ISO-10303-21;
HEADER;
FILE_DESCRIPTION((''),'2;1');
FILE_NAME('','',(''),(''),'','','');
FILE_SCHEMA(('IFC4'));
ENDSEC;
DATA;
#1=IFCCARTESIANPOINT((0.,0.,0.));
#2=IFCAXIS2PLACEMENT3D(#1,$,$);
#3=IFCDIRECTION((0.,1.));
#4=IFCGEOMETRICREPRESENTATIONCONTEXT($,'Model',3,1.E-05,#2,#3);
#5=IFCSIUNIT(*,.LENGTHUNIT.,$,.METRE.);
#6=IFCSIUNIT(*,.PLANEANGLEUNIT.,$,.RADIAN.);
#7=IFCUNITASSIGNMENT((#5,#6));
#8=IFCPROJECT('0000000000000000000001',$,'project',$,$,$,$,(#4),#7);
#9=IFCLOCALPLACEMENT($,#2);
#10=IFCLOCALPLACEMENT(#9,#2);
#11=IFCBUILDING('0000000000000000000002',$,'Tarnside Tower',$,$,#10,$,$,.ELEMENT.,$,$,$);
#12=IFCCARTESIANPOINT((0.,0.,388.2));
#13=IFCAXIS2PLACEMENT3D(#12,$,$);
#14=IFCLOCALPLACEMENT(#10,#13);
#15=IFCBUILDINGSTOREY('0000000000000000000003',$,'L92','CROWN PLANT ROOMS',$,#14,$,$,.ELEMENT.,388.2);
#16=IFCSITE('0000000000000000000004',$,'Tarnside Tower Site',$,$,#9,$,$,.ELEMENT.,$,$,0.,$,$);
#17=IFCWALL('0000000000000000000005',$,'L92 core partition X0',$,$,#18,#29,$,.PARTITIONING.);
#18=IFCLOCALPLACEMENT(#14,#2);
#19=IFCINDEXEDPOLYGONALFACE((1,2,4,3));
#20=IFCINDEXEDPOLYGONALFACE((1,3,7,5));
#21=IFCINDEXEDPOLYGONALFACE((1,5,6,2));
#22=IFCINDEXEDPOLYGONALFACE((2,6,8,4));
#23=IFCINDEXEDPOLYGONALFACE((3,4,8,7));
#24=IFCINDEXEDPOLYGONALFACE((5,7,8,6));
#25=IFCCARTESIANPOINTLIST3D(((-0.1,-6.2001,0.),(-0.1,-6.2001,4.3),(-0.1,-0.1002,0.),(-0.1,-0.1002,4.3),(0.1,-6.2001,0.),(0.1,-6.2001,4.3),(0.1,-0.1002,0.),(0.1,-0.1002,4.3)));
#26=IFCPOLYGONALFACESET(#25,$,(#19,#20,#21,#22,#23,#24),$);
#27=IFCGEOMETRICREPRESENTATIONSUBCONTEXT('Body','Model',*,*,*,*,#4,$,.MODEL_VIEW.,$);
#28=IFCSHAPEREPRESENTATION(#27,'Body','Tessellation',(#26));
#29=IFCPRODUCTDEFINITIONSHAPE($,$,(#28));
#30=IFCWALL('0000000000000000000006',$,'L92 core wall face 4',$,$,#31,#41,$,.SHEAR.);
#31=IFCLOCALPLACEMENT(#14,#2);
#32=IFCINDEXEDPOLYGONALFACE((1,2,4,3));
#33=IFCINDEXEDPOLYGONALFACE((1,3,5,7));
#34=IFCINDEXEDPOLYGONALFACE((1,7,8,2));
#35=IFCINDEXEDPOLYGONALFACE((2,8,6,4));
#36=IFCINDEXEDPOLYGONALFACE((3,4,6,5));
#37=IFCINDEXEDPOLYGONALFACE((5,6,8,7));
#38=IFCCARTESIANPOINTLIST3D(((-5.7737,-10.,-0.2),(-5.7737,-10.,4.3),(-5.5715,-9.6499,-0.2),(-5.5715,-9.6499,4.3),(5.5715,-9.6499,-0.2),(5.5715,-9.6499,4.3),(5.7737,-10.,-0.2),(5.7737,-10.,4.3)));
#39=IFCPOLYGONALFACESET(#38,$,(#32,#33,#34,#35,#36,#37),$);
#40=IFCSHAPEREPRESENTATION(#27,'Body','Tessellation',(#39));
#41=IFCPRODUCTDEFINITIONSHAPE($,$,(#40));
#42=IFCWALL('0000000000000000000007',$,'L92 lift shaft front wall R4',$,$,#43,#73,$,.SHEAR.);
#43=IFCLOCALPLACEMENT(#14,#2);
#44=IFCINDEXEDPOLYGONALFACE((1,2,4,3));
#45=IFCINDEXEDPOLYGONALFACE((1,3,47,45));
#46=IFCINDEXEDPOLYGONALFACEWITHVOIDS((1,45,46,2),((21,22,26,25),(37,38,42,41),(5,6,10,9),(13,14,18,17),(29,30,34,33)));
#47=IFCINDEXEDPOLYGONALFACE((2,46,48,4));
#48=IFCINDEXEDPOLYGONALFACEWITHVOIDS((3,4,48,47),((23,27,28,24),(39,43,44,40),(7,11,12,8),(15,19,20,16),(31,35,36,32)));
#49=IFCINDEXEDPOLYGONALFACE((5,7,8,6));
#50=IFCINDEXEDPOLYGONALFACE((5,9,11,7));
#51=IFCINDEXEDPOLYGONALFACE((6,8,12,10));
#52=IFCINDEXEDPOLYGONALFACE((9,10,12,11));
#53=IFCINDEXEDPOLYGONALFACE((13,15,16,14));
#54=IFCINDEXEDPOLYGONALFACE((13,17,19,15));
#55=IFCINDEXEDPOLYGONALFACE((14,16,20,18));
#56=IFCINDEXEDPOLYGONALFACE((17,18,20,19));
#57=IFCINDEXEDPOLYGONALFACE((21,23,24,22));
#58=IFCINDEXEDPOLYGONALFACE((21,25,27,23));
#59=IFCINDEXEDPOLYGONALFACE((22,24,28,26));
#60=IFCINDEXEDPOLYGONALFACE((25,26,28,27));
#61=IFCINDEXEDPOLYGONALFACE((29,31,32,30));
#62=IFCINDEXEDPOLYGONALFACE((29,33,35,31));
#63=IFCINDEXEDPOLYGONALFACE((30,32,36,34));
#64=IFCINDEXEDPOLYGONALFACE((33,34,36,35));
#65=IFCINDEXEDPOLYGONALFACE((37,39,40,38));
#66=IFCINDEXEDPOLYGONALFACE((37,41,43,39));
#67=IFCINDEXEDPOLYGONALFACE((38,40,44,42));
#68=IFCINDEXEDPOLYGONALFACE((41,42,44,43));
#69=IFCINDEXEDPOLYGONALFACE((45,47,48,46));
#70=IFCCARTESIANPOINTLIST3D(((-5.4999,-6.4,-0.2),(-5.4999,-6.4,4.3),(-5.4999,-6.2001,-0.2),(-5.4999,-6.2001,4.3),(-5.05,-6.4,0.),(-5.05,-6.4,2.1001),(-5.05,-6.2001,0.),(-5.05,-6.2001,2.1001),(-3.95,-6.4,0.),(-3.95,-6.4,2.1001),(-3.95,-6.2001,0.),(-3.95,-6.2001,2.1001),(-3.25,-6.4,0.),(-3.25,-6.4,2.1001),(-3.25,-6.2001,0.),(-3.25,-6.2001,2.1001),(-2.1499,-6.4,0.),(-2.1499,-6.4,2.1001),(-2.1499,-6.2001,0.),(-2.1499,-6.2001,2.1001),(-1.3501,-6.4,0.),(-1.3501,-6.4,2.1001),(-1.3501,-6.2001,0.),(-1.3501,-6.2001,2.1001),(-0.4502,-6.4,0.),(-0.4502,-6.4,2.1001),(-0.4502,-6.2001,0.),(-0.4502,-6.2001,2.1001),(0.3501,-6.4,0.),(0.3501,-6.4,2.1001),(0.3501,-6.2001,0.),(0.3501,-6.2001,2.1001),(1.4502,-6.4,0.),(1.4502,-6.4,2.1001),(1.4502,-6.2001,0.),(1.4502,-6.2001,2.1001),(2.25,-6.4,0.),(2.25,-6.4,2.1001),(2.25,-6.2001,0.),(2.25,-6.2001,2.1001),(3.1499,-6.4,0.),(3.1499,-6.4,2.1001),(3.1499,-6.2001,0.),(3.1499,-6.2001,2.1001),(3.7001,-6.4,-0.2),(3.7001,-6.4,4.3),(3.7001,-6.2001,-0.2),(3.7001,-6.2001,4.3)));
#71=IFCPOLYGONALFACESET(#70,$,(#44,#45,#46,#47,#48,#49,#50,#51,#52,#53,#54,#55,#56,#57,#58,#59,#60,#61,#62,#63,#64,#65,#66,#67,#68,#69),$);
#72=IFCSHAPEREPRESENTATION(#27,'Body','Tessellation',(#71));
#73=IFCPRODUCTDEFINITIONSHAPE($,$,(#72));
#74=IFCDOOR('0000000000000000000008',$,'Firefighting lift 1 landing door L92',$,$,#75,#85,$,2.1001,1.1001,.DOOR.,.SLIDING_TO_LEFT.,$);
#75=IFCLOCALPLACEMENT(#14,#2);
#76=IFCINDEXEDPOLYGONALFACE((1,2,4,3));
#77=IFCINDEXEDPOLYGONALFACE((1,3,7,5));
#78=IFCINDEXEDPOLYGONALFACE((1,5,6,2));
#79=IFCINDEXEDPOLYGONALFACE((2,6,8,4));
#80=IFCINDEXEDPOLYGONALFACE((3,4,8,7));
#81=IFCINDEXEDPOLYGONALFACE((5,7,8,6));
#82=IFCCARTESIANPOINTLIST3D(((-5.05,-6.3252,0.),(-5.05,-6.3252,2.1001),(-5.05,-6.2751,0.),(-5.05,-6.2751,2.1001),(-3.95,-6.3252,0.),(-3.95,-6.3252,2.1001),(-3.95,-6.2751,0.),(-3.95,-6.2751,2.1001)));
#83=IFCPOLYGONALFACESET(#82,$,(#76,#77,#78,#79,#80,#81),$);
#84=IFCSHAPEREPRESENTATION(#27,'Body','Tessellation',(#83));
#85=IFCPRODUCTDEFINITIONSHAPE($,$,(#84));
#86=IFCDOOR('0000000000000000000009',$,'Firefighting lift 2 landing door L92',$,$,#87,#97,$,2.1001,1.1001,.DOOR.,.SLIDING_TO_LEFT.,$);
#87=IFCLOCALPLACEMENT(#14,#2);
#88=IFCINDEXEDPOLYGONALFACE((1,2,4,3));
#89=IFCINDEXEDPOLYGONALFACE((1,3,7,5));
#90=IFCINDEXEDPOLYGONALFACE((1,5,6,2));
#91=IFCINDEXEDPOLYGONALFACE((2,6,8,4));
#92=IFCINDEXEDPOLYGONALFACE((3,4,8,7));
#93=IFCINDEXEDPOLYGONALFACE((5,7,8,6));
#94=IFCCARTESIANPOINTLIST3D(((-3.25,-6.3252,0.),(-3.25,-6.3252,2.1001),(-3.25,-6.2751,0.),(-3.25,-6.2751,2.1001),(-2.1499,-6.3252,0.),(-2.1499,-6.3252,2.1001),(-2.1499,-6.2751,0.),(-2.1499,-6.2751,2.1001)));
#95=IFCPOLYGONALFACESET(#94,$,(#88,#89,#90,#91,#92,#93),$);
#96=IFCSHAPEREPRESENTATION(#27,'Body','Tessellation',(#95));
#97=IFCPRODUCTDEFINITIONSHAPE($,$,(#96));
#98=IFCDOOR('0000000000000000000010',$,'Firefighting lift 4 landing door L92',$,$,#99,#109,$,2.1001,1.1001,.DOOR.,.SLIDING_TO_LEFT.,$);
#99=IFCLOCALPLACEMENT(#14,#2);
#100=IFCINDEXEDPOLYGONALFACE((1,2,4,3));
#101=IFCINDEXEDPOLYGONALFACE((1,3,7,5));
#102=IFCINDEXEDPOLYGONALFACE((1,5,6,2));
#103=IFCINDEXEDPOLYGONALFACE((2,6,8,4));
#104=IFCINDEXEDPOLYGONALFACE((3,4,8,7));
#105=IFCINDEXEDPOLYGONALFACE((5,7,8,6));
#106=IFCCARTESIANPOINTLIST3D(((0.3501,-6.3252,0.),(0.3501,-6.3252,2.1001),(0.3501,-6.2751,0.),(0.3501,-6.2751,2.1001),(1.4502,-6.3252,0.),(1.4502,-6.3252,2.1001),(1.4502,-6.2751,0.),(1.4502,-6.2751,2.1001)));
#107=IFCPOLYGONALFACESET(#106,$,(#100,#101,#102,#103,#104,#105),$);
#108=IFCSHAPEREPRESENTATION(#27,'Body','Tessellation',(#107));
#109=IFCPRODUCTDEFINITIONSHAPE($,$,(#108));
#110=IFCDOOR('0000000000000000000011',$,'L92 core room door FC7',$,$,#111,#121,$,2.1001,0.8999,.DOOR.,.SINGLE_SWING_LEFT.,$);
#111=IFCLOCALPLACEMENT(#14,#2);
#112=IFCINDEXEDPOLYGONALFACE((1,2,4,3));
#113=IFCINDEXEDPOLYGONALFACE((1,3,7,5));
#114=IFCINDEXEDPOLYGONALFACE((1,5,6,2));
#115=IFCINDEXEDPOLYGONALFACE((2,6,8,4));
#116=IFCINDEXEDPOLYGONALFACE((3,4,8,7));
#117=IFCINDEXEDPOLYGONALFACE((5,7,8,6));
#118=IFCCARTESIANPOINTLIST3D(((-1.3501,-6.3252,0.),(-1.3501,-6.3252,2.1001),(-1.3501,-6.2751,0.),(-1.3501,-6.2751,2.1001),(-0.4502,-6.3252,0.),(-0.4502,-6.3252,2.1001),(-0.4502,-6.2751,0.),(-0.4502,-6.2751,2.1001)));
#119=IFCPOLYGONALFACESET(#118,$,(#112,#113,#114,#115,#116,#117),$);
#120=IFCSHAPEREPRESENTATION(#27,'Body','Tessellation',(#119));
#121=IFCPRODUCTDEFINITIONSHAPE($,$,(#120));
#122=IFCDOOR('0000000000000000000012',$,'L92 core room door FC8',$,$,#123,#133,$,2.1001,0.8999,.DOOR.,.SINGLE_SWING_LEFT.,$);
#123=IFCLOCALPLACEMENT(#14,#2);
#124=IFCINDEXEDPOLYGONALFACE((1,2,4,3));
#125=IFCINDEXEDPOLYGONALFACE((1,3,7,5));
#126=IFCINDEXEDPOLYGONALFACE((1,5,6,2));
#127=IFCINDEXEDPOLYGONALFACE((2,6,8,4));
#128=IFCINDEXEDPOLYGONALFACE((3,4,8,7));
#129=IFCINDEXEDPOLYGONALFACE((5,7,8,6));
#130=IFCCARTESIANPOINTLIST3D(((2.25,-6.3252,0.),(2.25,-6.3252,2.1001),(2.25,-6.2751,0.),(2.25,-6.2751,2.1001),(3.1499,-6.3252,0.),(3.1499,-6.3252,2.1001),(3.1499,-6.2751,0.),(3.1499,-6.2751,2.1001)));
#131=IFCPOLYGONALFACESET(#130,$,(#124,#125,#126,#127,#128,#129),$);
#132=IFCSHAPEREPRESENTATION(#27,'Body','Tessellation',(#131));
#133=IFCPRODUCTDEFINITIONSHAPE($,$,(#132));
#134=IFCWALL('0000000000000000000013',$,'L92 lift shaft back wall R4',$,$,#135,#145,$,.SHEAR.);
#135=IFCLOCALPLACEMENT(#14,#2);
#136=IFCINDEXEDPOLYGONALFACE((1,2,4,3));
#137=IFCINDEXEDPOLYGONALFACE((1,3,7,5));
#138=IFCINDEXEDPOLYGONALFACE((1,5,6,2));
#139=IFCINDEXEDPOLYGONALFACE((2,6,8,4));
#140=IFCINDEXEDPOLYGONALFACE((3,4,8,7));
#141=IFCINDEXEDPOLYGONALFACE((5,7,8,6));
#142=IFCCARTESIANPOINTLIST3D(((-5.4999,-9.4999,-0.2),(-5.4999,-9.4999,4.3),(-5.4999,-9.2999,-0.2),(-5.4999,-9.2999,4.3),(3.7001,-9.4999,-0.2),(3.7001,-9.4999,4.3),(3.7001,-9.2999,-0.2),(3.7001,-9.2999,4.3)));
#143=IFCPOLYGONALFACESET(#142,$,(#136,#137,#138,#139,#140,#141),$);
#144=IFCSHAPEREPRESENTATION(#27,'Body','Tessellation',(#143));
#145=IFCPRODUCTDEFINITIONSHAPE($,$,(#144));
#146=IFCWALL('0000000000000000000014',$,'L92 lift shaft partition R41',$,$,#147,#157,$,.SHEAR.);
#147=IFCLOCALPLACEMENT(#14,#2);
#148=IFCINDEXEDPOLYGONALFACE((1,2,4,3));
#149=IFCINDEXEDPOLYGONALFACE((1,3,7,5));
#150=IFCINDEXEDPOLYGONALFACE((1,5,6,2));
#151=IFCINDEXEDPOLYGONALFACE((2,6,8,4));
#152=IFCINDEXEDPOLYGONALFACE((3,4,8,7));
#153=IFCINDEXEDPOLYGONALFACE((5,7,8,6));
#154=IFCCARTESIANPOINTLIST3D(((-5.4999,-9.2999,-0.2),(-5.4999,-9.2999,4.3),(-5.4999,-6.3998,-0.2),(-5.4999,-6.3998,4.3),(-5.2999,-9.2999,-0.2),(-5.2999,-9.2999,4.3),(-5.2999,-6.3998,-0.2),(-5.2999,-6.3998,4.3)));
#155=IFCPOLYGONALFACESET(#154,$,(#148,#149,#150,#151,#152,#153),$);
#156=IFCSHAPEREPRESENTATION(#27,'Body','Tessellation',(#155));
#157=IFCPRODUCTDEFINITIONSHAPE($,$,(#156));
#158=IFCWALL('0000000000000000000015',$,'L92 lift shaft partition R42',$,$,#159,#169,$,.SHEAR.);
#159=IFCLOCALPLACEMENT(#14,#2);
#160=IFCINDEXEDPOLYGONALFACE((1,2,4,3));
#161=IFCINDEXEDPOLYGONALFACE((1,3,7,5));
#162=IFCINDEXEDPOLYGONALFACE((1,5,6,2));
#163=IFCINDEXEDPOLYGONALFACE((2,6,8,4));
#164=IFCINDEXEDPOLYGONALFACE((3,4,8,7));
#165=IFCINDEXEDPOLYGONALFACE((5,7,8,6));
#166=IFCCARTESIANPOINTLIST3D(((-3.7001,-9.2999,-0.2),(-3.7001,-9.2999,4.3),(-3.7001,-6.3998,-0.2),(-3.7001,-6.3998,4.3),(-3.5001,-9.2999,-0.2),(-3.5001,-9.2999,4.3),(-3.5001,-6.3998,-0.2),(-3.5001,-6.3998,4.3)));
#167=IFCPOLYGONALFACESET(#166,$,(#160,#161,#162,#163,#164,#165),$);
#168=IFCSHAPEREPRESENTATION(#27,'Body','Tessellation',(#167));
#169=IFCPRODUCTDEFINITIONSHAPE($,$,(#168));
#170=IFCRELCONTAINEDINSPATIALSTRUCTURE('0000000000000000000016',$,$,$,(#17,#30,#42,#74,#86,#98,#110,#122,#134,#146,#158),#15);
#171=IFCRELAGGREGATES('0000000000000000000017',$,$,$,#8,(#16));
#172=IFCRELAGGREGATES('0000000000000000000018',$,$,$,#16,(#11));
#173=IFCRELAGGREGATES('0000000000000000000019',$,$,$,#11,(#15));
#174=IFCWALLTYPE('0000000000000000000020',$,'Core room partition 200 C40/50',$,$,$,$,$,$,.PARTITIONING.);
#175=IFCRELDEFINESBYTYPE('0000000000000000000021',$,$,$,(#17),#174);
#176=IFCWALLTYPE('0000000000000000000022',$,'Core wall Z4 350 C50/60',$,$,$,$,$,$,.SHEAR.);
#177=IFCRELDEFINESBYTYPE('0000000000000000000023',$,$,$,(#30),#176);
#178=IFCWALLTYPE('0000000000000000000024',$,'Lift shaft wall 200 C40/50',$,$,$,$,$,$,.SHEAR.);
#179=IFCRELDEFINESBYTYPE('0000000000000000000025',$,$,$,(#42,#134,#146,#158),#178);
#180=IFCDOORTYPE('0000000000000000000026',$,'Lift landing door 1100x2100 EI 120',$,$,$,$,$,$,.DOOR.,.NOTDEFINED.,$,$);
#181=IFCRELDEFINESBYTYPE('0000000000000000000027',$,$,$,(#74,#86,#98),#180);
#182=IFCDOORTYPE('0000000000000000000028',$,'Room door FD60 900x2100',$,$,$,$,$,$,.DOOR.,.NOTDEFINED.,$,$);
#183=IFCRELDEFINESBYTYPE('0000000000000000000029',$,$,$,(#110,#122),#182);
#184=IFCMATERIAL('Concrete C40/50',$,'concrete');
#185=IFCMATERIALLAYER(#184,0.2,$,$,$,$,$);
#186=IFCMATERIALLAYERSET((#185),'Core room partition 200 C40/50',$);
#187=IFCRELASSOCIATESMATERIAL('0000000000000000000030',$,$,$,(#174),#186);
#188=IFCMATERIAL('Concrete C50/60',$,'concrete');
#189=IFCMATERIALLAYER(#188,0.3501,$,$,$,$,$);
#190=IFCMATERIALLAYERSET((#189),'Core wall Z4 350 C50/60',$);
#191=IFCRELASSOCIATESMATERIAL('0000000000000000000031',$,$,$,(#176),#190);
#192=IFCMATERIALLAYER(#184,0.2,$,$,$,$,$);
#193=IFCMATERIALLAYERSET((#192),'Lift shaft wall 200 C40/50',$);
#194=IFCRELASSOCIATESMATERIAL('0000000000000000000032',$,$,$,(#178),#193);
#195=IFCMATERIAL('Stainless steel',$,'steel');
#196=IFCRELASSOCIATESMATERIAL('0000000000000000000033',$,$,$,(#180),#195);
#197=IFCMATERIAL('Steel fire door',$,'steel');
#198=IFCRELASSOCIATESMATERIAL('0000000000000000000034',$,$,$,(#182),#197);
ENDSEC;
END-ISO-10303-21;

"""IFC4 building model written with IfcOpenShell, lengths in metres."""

from ifc_helpers import new_model, si_unit, direction, frame, frame_2d, origin, place, context, subcontext, project, spatial, polyline, rectangle, outline, extrude, material, layer, layer_set, type_object, element, fill, save


model = new_model("IFC4")

# Units and contexts
model_context = context("Model", 3, precision=1e-05, world=origin(), true_north=direction((0.0, 1.0)))
body_context = subcontext(model_context, "Body", "Model", "MODEL_VIEW")
ifc_project = project(units=[si_unit("LENGTHUNIT", "METRE"), si_unit("PLANEANGLEUNIT", "RADIAN")], contexts=[model_context])

# Site, building, storey
site_placement = place(None, origin())
site = spatial("IfcSite", under=ifc_project, at=site_placement, Name="Tarnside Tower Site", CompositionType="ELEMENT", RefElevation=0.0)
building_placement = place(site_placement, origin())
building = spatial("IfcBuilding", under=site, at=building_placement, Name="Tarnside Tower", CompositionType="ELEMENT")
storey_placement = place(building_placement, frame((0.0, 0.0, 388.2)))
storey = spatial("IfcBuildingStorey", under=building, at=storey_placement, Name="L92", Description="CROWN PLANT ROOMS", CompositionType="ELEMENT", Elevation=388.2)

# Walls
ifc_material_1 = material(Name="Concrete C40/50", Category="concrete")
ifc_layer_1 = layer(ifc_material_1, 0.2)
ifc_layer_set_1 = layer_set([ifc_layer_1], Name="Core room partition 200 C40/50")
wall_type_1 = type_object("IfcWallType", Name="Core room partition 200 C40/50", PredefinedType="PARTITIONING", material=ifc_layer_set_1)
wall_1_placement = place(storey_placement, frame((0.0, -6.2, 0.0), z_axis=(0.0, 0.0, 1.0), x_axis=(0.0, 1.0, 0.0)))
element("IfcWall", 1, at=wall_1_placement, inside=storey, type_object=wall_type_1, Name="L92 core partition X0", PredefinedType="PARTITIONING", context=body_context, shape_type="SweptSolid", body=[
    extrude(rectangle(XDim=6.0999, YDim=0.2, at=frame_2d((3.0498, 0.0))), origin(), (0.0, 0.0, 1.0), 4.3),
])
ifc_material_2 = material(Name="Concrete C50/60", Category="concrete")
ifc_layer_2 = layer(ifc_material_2, 0.3501)
ifc_layer_set_2 = layer_set([ifc_layer_2], Name="Core wall Z4 350 C50/60")
wall_type_2 = type_object("IfcWallType", Name="Core wall Z4 350 C50/60", PredefinedType="SHEAR", material=ifc_layer_set_2)
wall_2_placement = place(storey_placement, frame((-5.6726, -9.825, -0.2), z_axis=(0.0, 0.0, 1.0), x_axis=(1.0, 0.0, 0.0)))
element("IfcWall", 2, at=wall_2_placement, inside=storey, type_object=wall_type_2, Name="L92 core wall face 4", PredefinedType="SHEAR", context=body_context, shape_type="SweptSolid", body=[
    extrude(outline(polyline([(-0.1011, -0.175), (11.4463, -0.175), (11.2441, 0.175), (0.1011, 0.175), (-0.1011, -0.175)])), origin(), (0.0, 0.0, 1.0), 4.5),
])

# Wall, openings, doors
ifc_layer_3 = layer(ifc_material_1, 0.2)
ifc_layer_set_3 = layer_set([ifc_layer_3], Name="Lift shaft wall 200 C40/50")
wall_type_3 = type_object("IfcWallType", Name="Lift shaft wall 200 C40/50", PredefinedType="SHEAR", material=ifc_layer_set_3)
wall_3_placement = place(storey_placement, frame((-5.5, -6.3, -0.2), z_axis=(0.0, 0.0, 1.0), x_axis=(1.0, 0.0, 0.0)))
wall_3 = element("IfcWall", 3, at=wall_3_placement, inside=storey, type_object=wall_type_3, Name="L92 lift shaft front wall R4", PredefinedType="SHEAR", context=body_context, shape_type="SweptSolid", body=[
    extrude(rectangle(XDim=9.2, YDim=0.2, at=frame_2d((4.6001, 0.0))), origin(), (0.0, 0.0, 1.0), 4.5),
])
opening_1_placement = place(wall_3_placement, frame((4.1499, 0.0, 0.2)))
opening_1 = element("IfcOpeningElement", 4, at=opening_1_placement, cuts=wall_3, PredefinedType="OPENING", context=body_context, shape_type="SweptSolid", body=[
    extrude(rectangle(XDim=0.8999, YDim=2.1001, at=frame_2d((0.45, 1.05))), frame((0.0, 0.1099, 0.0), z_axis=(0.0, -1.0, 0.0), x_axis=(1.0, 0.0, 0.0)), (0.0, 0.0, 1.0), 0.22),
])
opening_2_placement = place(wall_3_placement, frame((7.75, 0.0, 0.2)))
opening_2 = element("IfcOpeningElement", 5, at=opening_2_placement, cuts=wall_3, PredefinedType="OPENING", context=body_context, shape_type="SweptSolid", body=[
    extrude(rectangle(XDim=0.8999, YDim=2.1001, at=frame_2d((0.45, 1.05))), frame((0.0, 0.1099, 0.0), z_axis=(0.0, -1.0, 0.0), x_axis=(1.0, 0.0, 0.0)), (0.0, 0.0, 1.0), 0.22),
])
opening_3_placement = place(wall_3_placement, frame((0.45, 0.0, 0.2)))
opening_3 = element("IfcOpeningElement", 6, at=opening_3_placement, cuts=wall_3, PredefinedType="OPENING", context=body_context, shape_type="SweptSolid", body=[
    extrude(rectangle(XDim=1.1001, YDim=2.1001, at=frame_2d((0.55, 1.05))), frame((0.0, 0.1099, 0.0), z_axis=(0.0, -1.0, 0.0), x_axis=(1.0, 0.0, 0.0)), (0.0, 0.0, 1.0), 0.22),
])
opening_4_placement = place(wall_3_placement, frame((2.25, 0.0, 0.2)))
opening_4 = element("IfcOpeningElement", 7, at=opening_4_placement, cuts=wall_3, PredefinedType="OPENING", context=body_context, shape_type="SweptSolid", body=[
    extrude(rectangle(XDim=1.1001, YDim=2.1001, at=frame_2d((0.55, 1.05))), frame((0.0, 0.1099, 0.0), z_axis=(0.0, -1.0, 0.0), x_axis=(1.0, 0.0, 0.0)), (0.0, 0.0, 1.0), 0.22),
])
opening_5_placement = place(wall_3_placement, frame((5.8501, 0.0, 0.2)))
opening_5 = element("IfcOpeningElement", 8, at=opening_5_placement, cuts=wall_3, PredefinedType="OPENING", context=body_context, shape_type="SweptSolid", body=[
    extrude(rectangle(XDim=1.1001, YDim=2.1001, at=frame_2d((0.55, 1.05))), frame((0.0, 0.1099, 0.0), z_axis=(0.0, -1.0, 0.0), x_axis=(1.0, 0.0, 0.0)), (0.0, 0.0, 1.0), 0.22),
])
ifc_material_3 = material(Name="Stainless steel", Category="steel")
door_type_1 = type_object("IfcDoorType", Name="Lift landing door 1100x2100 EI 120", OperationType="NOTDEFINED", PredefinedType="DOOR", material=ifc_material_3)
door_1_placement = place(opening_3_placement, origin())
door_1 = element("IfcDoor", 9, at=door_1_placement, inside=storey, type_object=door_type_1, Name="Firefighting lift 1 landing door L92", OperationType="SLIDING_TO_LEFT", OverallHeight=2.1001, OverallWidth=1.1001, PredefinedType="DOOR", context=body_context, shape_type="SweptSolid", body=[
    extrude(rectangle(XDim=1.1001, YDim=2.1001, at=frame_2d((0.55, 1.05))), frame((0.0, 0.0249, 0.0), z_axis=(0.0, -1.0, 0.0), x_axis=(1.0, 0.0, 0.0)), (0.0, 0.0, 1.0), 0.05),
])
fill(opening_3, door_1)
door_2_placement = place(opening_4_placement, origin())
door_2 = element("IfcDoor", 10, at=door_2_placement, inside=storey, type_object=door_type_1, Name="Firefighting lift 2 landing door L92", OperationType="SLIDING_TO_LEFT", OverallHeight=2.1001, OverallWidth=1.1001, PredefinedType="DOOR", context=body_context, shape_type="SweptSolid", body=[
    extrude(rectangle(XDim=1.1001, YDim=2.1001, at=frame_2d((0.55, 1.05))), frame((0.0, 0.0249, 0.0), z_axis=(0.0, -1.0, 0.0), x_axis=(1.0, 0.0, 0.0)), (0.0, 0.0, 1.0), 0.05),
])
fill(opening_4, door_2)
door_3_placement = place(opening_5_placement, origin())
door_3 = element("IfcDoor", 11, at=door_3_placement, inside=storey, type_object=door_type_1, Name="Firefighting lift 4 landing door L92", OperationType="SLIDING_TO_LEFT", OverallHeight=2.1001, OverallWidth=1.1001, PredefinedType="DOOR", context=body_context, shape_type="SweptSolid", body=[
    extrude(rectangle(XDim=1.1001, YDim=2.1001, at=frame_2d((0.55, 1.05))), frame((0.0, 0.0249, 0.0), z_axis=(0.0, -1.0, 0.0), x_axis=(1.0, 0.0, 0.0)), (0.0, 0.0, 1.0), 0.05),
])
fill(opening_5, door_3)
ifc_material_4 = material(Name="Steel fire door", Category="steel")
door_type_2 = type_object("IfcDoorType", Name="Room door FD60 900x2100", OperationType="NOTDEFINED", PredefinedType="DOOR", material=ifc_material_4)
door_4_placement = place(opening_1_placement, origin())
door_4 = element("IfcDoor", 12, at=door_4_placement, inside=storey, type_object=door_type_2, Name="L92 core room door FC7", OperationType="SINGLE_SWING_LEFT", OverallHeight=2.1001, OverallWidth=0.8999, PredefinedType="DOOR", context=body_context, shape_type="SweptSolid", body=[
    extrude(rectangle(XDim=0.8999, YDim=2.1001, at=frame_2d((0.45, 1.05))), frame((0.0, 0.0249, 0.0), z_axis=(0.0, -1.0, 0.0), x_axis=(1.0, 0.0, 0.0)), (0.0, 0.0, 1.0), 0.05),
])
fill(opening_1, door_4)
door_5_placement = place(opening_2_placement, origin())
door_5 = element("IfcDoor", 13, at=door_5_placement, inside=storey, type_object=door_type_2, Name="L92 core room door FC8", OperationType="SINGLE_SWING_LEFT", OverallHeight=2.1001, OverallWidth=0.8999, PredefinedType="DOOR", context=body_context, shape_type="SweptSolid", body=[
    extrude(rectangle(XDim=0.8999, YDim=2.1001, at=frame_2d((0.45, 1.05))), frame((0.0, 0.0249, 0.0), z_axis=(0.0, -1.0, 0.0), x_axis=(1.0, 0.0, 0.0)), (0.0, 0.0, 1.0), 0.05),
])
fill(opening_2, door_5)

# Walls
wall_4_placement = place(storey_placement, frame((-5.5, -9.3999, -0.2), z_axis=(0.0, 0.0, 1.0), x_axis=(1.0, 0.0, 0.0)))
element("IfcWall", 14, at=wall_4_placement, inside=storey, type_object=wall_type_3, Name="L92 lift shaft back wall R4", PredefinedType="SHEAR", context=body_context, shape_type="SweptSolid", body=[
    extrude(rectangle(XDim=9.2, YDim=0.2, at=frame_2d((4.6001, 0.0))), origin(), (0.0, 0.0, 1.0), 4.5),
])
for number, where, z_axis, x_axis, name in (
    (15, (-5.3999, -9.3, -0.2), (0.0, 0.0, 1.0), (0.0, 1.0, 0.0), "L92 lift shaft partition R41"),
    (16, (-3.6001, -9.3, -0.2), (0.0, 0.0, 1.0), (0.0, 1.0, 0.0), "L92 lift shaft partition R42"),
):
    element("IfcWall", number, at=place(storey_placement, frame(where, z_axis=z_axis, x_axis=x_axis)), inside=storey, type_object=wall_type_3, Name=name, PredefinedType="SHEAR", context=body_context, shape_type="SweptSolid", body=[
        extrude(rectangle(XDim=2.9001, YDim=0.2, at=frame_2d((1.4502, 0.0))), origin(), (0.0, 0.0, 1.0), 4.5),
    ])

save(model, "model.ifc")
